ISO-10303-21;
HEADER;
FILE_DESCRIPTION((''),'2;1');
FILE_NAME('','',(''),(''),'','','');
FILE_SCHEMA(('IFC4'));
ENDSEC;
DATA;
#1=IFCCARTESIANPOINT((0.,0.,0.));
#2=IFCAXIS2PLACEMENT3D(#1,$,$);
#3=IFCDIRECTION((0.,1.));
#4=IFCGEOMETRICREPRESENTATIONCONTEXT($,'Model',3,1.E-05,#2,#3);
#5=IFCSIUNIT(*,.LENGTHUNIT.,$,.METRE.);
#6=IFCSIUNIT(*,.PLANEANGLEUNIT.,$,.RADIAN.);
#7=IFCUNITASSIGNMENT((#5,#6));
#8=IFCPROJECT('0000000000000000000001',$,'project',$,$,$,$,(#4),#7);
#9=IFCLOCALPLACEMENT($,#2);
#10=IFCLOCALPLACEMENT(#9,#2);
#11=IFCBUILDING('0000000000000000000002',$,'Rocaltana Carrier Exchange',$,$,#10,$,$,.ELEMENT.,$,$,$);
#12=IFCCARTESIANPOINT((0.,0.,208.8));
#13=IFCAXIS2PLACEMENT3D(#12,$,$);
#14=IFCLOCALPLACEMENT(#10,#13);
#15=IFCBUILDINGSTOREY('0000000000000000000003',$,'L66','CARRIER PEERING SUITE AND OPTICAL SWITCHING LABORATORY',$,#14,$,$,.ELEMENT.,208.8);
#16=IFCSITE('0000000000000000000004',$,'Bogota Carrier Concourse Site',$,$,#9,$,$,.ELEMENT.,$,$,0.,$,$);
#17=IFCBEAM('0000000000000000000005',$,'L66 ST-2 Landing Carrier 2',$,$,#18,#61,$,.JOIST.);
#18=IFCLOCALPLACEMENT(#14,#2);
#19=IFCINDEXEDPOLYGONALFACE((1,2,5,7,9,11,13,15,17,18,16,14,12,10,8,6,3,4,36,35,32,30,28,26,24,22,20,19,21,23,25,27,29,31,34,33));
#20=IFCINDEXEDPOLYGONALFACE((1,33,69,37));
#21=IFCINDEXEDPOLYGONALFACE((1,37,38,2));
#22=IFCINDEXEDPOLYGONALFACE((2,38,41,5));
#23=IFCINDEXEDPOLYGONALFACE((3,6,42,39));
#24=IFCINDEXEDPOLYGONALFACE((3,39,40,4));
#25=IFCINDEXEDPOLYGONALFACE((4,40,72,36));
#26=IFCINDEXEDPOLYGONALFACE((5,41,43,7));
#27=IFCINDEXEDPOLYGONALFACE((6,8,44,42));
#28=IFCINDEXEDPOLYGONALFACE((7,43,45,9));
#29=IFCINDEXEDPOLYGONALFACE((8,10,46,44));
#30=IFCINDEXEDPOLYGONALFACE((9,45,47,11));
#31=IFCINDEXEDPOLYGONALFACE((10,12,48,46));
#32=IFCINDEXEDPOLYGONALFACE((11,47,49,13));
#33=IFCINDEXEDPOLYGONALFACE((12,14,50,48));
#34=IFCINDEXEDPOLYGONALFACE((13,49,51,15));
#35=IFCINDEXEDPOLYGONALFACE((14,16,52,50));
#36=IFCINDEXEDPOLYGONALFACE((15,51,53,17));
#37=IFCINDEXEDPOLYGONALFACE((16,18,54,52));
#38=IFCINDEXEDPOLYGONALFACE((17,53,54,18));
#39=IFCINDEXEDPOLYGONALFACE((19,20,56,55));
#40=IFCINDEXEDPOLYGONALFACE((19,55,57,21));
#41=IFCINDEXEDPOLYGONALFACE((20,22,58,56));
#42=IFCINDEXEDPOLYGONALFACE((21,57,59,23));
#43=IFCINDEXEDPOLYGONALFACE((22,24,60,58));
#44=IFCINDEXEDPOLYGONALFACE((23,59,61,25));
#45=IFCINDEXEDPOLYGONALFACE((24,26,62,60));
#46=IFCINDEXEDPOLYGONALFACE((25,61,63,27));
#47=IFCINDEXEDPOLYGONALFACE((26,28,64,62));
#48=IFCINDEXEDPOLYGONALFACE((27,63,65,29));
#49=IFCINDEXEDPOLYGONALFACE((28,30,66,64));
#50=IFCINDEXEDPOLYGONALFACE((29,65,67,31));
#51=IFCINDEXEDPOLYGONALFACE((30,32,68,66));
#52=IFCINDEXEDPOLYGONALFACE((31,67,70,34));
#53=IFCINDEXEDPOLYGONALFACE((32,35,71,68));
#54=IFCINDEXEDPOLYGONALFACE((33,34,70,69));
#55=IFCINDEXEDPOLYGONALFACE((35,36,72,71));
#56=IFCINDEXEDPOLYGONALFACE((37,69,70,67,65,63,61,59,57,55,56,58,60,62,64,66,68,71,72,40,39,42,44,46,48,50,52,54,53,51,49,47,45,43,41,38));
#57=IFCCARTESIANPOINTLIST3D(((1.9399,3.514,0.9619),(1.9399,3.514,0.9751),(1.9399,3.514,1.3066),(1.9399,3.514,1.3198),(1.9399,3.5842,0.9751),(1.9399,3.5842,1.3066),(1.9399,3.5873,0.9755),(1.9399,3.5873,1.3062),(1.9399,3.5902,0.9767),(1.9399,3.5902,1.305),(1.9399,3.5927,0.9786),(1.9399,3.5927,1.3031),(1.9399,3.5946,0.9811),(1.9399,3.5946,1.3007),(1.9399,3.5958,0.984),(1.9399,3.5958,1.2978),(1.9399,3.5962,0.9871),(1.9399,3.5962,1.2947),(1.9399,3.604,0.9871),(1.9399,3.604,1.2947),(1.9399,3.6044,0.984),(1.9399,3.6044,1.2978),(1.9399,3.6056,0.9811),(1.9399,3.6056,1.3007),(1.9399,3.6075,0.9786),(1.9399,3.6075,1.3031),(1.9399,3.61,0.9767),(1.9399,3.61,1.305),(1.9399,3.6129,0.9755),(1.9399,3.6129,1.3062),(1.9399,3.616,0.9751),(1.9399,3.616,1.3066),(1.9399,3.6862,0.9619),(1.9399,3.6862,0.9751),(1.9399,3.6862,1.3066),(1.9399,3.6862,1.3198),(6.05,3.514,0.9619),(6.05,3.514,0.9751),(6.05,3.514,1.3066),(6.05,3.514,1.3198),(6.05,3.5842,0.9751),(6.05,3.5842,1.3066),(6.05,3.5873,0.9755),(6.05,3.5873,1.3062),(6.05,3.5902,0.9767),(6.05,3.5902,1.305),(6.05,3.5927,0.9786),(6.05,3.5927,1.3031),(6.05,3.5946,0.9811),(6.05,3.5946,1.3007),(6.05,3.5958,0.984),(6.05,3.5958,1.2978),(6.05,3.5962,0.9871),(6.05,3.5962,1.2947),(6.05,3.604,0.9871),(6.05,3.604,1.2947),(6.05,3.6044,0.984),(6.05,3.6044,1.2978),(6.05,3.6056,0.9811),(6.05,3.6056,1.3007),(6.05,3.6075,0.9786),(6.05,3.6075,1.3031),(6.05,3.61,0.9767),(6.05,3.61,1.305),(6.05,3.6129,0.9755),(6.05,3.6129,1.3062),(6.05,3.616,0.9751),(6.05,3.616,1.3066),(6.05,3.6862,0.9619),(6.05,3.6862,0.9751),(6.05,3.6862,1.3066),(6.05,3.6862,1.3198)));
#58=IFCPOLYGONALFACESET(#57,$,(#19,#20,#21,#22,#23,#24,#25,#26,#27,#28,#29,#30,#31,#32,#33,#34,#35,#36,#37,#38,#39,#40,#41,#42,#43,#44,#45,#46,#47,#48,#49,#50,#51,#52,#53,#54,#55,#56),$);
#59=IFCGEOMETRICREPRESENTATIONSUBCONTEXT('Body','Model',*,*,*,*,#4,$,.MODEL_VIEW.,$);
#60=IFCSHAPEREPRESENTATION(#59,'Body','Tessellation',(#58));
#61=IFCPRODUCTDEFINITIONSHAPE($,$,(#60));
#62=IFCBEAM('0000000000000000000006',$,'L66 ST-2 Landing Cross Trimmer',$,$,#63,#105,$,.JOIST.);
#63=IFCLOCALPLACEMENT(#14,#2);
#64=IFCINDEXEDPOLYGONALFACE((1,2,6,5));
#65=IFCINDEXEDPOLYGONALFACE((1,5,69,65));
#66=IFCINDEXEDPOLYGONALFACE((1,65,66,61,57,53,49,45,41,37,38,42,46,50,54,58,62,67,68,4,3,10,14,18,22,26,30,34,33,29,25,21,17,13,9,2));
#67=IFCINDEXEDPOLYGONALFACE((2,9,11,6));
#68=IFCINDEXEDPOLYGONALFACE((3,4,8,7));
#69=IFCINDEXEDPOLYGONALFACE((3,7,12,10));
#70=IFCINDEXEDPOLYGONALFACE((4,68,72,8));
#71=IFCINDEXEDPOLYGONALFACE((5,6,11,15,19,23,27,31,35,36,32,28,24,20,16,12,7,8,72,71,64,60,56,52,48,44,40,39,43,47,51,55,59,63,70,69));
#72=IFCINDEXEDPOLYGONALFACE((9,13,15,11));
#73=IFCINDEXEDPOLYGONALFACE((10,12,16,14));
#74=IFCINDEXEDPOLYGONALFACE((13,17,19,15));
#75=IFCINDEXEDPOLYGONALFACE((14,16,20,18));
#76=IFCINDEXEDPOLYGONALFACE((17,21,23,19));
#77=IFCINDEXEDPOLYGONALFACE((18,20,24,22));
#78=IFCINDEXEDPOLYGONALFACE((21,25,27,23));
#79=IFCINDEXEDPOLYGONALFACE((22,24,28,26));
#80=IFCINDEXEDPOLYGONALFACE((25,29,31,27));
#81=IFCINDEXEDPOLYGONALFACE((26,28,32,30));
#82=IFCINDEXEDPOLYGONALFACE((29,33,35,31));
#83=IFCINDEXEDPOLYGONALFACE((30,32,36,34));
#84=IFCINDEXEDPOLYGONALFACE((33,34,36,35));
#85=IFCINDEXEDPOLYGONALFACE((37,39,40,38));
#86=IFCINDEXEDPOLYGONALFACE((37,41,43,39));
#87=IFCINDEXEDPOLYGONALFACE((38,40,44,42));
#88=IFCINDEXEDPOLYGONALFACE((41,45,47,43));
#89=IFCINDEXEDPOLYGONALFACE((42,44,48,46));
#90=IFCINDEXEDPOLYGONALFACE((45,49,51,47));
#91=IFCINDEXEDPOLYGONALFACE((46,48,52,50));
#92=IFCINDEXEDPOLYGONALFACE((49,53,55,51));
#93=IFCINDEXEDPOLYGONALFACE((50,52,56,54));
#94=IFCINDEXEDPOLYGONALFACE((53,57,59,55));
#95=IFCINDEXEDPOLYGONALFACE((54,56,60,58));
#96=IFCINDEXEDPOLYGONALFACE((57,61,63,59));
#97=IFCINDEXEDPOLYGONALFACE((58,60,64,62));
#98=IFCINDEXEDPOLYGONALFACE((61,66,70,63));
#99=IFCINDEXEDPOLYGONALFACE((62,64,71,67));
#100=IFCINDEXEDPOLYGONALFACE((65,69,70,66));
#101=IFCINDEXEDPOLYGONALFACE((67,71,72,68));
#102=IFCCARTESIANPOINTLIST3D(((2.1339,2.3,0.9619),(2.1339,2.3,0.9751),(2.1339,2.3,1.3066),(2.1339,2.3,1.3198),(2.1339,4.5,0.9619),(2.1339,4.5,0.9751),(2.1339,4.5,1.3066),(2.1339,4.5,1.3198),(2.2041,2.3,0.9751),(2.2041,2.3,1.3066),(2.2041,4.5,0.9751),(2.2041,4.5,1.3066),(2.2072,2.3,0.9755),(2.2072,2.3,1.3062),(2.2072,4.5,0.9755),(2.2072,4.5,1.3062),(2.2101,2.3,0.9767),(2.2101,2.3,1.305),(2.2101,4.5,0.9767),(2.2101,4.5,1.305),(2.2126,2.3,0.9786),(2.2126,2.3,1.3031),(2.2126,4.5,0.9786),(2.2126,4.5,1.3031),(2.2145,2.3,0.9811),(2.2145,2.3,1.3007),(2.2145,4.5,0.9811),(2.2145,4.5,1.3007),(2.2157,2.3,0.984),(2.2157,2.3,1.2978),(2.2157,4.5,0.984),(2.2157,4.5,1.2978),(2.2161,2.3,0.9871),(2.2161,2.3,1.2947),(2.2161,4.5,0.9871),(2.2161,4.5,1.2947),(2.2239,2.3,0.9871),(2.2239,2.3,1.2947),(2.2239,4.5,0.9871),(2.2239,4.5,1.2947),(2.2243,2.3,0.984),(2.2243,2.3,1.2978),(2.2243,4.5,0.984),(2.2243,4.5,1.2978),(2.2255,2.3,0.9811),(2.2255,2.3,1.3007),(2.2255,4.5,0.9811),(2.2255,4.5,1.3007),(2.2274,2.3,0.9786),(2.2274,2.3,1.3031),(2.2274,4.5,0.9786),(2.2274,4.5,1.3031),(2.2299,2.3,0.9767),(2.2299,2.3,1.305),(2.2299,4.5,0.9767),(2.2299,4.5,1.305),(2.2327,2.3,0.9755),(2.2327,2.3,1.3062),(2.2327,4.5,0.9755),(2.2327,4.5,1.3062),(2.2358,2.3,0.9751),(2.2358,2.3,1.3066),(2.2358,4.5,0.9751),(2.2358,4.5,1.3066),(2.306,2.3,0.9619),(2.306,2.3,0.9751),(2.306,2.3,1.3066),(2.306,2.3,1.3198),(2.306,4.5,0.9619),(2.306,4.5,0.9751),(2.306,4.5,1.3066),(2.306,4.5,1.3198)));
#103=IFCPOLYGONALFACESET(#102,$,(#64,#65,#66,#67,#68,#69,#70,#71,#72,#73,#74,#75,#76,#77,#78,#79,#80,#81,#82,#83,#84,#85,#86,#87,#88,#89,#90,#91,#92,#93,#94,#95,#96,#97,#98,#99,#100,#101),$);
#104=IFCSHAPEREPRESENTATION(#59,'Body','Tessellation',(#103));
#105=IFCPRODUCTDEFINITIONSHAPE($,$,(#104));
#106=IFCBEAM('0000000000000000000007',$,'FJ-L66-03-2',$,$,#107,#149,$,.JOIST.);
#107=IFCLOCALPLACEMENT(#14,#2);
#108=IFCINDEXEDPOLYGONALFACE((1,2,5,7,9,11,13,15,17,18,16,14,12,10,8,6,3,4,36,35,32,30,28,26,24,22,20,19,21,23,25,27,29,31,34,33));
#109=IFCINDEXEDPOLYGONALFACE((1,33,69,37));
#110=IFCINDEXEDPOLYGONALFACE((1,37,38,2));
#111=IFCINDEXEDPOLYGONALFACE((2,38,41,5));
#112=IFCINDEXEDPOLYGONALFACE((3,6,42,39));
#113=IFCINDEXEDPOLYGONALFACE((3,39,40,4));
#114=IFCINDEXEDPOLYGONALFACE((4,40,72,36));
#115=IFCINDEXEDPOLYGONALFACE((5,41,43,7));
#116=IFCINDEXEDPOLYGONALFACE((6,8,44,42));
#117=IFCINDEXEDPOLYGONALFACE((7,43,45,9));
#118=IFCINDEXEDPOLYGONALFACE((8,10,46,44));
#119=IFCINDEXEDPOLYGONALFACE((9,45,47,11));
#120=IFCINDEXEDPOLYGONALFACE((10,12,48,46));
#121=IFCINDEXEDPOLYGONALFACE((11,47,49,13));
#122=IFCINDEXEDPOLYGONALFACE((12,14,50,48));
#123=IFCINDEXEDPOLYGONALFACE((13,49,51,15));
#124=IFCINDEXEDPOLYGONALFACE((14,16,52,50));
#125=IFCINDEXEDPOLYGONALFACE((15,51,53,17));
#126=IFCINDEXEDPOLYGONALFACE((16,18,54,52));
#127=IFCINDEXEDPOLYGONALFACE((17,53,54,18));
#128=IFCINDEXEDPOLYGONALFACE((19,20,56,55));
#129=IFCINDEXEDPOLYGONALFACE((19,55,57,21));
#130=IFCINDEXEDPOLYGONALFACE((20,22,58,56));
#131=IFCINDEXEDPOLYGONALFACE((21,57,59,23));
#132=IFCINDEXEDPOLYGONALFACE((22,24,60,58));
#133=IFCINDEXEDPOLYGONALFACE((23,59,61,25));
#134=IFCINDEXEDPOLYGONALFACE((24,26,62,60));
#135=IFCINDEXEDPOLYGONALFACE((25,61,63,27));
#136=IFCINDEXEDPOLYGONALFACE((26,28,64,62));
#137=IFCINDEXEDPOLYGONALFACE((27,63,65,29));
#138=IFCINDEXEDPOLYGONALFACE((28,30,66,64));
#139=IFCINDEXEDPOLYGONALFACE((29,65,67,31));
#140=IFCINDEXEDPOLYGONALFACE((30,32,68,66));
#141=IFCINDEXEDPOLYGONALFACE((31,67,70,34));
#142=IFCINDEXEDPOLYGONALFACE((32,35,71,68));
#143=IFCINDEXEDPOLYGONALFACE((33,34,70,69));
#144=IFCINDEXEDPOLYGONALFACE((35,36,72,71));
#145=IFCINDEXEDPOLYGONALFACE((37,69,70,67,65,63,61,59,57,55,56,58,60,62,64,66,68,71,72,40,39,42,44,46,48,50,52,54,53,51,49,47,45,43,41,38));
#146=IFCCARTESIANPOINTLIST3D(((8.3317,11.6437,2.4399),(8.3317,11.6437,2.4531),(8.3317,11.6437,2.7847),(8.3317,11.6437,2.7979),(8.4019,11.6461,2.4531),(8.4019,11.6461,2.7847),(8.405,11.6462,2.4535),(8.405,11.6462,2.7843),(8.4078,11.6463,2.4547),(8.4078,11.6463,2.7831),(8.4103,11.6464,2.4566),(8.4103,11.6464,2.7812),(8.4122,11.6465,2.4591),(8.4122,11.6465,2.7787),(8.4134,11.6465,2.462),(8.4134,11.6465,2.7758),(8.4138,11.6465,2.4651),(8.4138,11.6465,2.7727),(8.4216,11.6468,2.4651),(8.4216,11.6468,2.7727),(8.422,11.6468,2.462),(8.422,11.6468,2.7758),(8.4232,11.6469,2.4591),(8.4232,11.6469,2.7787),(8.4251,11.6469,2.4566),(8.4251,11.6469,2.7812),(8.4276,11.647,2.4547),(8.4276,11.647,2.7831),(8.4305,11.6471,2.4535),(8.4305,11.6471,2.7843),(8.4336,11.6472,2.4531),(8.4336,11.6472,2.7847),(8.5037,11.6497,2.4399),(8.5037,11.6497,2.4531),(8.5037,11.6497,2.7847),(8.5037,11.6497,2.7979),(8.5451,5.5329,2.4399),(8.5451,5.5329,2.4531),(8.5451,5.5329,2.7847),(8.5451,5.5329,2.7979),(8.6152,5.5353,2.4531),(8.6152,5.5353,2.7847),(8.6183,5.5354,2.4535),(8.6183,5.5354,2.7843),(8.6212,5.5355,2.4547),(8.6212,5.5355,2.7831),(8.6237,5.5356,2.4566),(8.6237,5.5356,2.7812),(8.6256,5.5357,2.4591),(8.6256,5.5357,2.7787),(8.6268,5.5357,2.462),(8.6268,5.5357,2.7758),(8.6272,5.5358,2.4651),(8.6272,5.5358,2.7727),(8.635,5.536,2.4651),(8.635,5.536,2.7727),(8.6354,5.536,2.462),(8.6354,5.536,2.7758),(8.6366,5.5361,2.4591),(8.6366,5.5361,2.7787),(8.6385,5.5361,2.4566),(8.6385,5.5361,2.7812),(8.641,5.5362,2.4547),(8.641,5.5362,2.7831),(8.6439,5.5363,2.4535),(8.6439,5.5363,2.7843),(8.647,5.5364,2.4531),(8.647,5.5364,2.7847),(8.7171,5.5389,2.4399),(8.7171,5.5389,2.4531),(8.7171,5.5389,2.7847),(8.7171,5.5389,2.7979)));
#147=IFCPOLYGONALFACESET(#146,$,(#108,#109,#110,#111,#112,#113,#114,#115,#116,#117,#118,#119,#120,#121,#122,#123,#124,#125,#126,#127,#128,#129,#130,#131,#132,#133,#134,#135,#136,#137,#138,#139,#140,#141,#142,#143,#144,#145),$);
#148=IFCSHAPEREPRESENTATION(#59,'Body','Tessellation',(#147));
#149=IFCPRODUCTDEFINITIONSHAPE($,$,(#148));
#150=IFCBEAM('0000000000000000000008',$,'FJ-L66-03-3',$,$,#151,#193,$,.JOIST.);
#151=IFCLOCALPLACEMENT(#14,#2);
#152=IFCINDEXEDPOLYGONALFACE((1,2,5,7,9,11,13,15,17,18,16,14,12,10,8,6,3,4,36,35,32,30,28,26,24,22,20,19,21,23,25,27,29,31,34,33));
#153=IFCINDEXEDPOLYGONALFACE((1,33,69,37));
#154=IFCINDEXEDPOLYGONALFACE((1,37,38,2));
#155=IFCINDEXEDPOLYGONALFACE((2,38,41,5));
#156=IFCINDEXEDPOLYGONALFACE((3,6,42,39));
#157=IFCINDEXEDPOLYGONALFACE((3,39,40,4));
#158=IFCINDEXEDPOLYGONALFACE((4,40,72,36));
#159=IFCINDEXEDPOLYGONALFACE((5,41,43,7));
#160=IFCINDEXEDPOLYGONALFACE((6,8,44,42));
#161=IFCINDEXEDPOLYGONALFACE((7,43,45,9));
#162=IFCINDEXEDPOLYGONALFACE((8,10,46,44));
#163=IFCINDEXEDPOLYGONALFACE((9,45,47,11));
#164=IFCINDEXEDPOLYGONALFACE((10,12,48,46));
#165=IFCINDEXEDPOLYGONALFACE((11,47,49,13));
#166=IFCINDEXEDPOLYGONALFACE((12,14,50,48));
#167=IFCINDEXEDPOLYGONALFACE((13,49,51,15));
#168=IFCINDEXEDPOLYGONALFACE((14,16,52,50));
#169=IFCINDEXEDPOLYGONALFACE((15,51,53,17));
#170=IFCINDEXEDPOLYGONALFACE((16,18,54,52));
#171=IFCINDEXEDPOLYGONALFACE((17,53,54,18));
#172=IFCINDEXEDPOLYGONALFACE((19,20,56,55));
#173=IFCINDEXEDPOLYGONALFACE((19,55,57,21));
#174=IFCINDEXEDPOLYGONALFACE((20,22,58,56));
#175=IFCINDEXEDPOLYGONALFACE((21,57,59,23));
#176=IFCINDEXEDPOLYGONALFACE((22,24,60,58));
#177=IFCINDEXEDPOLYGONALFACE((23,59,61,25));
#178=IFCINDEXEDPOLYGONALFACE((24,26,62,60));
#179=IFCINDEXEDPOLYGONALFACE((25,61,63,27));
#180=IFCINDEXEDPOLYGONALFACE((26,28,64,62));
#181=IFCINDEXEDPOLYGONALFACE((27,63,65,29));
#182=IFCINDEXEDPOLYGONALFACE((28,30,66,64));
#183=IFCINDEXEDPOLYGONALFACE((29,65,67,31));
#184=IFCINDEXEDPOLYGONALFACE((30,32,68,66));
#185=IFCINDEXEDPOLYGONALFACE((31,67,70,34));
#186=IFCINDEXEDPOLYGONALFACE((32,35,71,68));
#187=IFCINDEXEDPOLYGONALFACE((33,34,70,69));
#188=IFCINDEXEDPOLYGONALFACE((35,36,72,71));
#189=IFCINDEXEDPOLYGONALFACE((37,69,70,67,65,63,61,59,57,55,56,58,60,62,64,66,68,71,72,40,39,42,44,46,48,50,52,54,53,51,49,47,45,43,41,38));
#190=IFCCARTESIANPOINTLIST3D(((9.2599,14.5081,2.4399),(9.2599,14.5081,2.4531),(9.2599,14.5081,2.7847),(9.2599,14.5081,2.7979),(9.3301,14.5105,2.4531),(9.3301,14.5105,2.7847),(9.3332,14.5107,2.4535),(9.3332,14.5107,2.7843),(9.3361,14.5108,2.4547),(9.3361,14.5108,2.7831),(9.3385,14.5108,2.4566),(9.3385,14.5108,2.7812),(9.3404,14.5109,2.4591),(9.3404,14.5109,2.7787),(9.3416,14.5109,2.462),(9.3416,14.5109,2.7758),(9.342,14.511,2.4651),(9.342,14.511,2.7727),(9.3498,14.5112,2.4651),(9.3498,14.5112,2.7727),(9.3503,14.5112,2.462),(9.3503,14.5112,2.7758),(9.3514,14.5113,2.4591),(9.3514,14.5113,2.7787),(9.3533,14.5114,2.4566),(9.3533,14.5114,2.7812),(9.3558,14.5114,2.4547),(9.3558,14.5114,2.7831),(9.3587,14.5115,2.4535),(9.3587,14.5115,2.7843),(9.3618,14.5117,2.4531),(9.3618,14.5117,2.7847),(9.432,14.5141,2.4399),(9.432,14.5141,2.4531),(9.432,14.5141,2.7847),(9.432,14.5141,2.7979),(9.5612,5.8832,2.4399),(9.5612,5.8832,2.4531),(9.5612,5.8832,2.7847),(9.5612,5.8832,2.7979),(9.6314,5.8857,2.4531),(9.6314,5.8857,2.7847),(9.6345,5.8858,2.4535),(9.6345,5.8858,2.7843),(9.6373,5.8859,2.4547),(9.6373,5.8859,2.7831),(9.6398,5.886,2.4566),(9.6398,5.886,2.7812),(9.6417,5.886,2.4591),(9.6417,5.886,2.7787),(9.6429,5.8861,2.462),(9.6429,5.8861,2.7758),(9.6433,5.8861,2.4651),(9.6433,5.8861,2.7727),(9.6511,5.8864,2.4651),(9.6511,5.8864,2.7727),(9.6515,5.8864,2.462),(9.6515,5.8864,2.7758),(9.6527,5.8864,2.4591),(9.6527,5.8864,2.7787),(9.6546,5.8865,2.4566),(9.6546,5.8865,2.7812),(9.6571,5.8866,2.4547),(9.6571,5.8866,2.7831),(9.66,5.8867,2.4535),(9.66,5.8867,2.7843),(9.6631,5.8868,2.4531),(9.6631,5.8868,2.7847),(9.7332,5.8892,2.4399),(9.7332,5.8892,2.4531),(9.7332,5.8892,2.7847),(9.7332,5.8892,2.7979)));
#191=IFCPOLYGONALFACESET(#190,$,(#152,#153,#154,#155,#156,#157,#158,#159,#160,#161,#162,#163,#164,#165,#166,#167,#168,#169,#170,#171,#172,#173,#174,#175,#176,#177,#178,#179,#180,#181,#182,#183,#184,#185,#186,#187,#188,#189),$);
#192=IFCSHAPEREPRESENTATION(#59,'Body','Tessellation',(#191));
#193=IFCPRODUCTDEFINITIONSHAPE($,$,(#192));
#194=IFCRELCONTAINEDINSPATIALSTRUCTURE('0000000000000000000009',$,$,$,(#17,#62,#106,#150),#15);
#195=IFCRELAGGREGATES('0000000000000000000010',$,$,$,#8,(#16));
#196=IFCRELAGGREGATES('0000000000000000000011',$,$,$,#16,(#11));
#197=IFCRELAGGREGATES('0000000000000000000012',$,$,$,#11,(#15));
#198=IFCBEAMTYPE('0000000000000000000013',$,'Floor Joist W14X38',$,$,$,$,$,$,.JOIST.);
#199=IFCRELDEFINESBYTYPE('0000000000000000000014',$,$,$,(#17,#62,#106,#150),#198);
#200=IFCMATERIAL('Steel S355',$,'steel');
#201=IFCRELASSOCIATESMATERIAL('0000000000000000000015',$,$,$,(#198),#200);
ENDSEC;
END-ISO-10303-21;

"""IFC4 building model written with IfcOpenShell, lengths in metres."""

from ifc_helpers import new_model, si_unit, direction, frame, origin, origin_2d, place, context, subcontext, project, spatial, i_section, extrude, material, material_profile, profile_set, type_object, element, save


model = new_model("IFC4")

# Units and contexts
model_context = context("Model", 3, precision=1e-05, world=origin(), true_north=direction((0.0, 1.0)))
body_context = subcontext(model_context, "Body", "Model", "MODEL_VIEW")
ifc_project = project(units=[si_unit("LENGTHUNIT", "METRE"), si_unit("PLANEANGLEUNIT", "RADIAN")], contexts=[model_context])

# Site, building, storey
site_placement = place(None, origin())
site = spatial("IfcSite", under=ifc_project, at=site_placement, Name="Bogota Carrier Concourse Site", CompositionType="ELEMENT", RefElevation=0.0)
building_placement = place(site_placement, origin())
building = spatial("IfcBuilding", under=site, at=building_placement, Name="Rocaltana Carrier Exchange", CompositionType="ELEMENT")
storey_placement = place(building_placement, frame((0.0, 0.0, 208.8)))
storey = spatial("IfcBuildingStorey", under=building, at=storey_placement, Name="L66", Description="CARRIER PEERING SUITE AND OPTICAL SWITCHING LABORATORY", CompositionType="ELEMENT", Elevation=208.8)

# Beams
ifc_material_1 = material(Name="Steel S355", Category="steel")
ifc_material_profile_1 = material_profile(ifc_material_1, i_section(OverallWidth=0.1721, OverallDepth=0.3579, WebThickness=0.0078, FlangeThickness=0.0132, FilletRadius=0.012, at=origin_2d()), Name="W14X38")
ifc_profile_set_1 = profile_set([ifc_material_profile_1], Name="Steel S355")
beam_type_1 = type_object("IfcBeamType", Name="Floor Joist W14X38", PredefinedType="JOIST", material=ifc_profile_set_1)
for number, where, z_axis, x_axis, name in (
    (1, (1.9399, 3.6001, 1.1409), (1.0, 0.0, 0.0), (0.0, 1.0, 0.0), "L66 ST-2 Landing Carrier 2"),
):
    element("IfcBeam", number, at=place(storey_placement, frame(where, z_axis=z_axis, x_axis=x_axis)), inside=storey, type_object=beam_type_1, Name=name, PredefinedType="JOIST", context=body_context, shape_type="SweptSolid", body=[
        extrude(i_section(OverallWidth=0.1721, OverallDepth=0.3579, WebThickness=0.0078, FlangeThickness=0.0132, FilletRadius=0.012, at=origin_2d()), origin(), (0.0, 0.0, 1.0), 4.1101),
    ])
beam_1_placement = place(storey_placement, frame((2.22, 2.3, 1.1409), z_axis=(0.0, 1.0, 0.0), x_axis=(-1.0, 0.0, 0.0)))
element("IfcBeam", 2, at=beam_1_placement, inside=storey, type_object=beam_type_1, Name="L66 ST-2 Landing Cross Trimmer", PredefinedType="JOIST", context=body_context, shape_type="SweptSolid", body=[
    extrude(i_section(OverallWidth=0.1721, OverallDepth=0.3579, WebThickness=0.0078, FlangeThickness=0.0132, FilletRadius=0.012, at=origin_2d()), origin(), (0.0, 0.0, 1.0), 2.2),
])
beam_2_placement = place(storey_placement, frame((8.6311, 5.5359, 2.6189), z_axis=(-0.034897, 0.999391, 0.0), x_axis=(-0.999391, -0.034897, 0.0)))
element("IfcBeam", 3, at=beam_2_placement, inside=storey, type_object=beam_type_1, Name="FJ-L66-03-2", PredefinedType="JOIST", context=body_context, shape_type="SweptSolid", body=[
    extrude(i_section(OverallWidth=0.1721, OverallDepth=0.3579, WebThickness=0.0078, FlangeThickness=0.0132, FilletRadius=0.012, at=origin_2d()), origin(), (0.0, 0.0, 1.0), 6.1145),
])
beam_3_placement = place(storey_placement, frame((9.6472, 5.8862, 2.6189), z_axis=(-0.034909, 0.99939, 0.0), x_axis=(-0.99939, -0.034909, 0.0)))
element("IfcBeam", 4, at=beam_3_placement, inside=storey, type_object=beam_type_1, Name="FJ-L66-03-3", PredefinedType="JOIST", context=body_context, shape_type="SweptSolid", body=[
    extrude(i_section(OverallWidth=0.1721, OverallDepth=0.3579, WebThickness=0.0078, FlangeThickness=0.0132, FilletRadius=0.012, at=origin_2d()), origin(), (0.0, 0.0, 1.0), 8.6301),
])

save(model, "model.ifc")
